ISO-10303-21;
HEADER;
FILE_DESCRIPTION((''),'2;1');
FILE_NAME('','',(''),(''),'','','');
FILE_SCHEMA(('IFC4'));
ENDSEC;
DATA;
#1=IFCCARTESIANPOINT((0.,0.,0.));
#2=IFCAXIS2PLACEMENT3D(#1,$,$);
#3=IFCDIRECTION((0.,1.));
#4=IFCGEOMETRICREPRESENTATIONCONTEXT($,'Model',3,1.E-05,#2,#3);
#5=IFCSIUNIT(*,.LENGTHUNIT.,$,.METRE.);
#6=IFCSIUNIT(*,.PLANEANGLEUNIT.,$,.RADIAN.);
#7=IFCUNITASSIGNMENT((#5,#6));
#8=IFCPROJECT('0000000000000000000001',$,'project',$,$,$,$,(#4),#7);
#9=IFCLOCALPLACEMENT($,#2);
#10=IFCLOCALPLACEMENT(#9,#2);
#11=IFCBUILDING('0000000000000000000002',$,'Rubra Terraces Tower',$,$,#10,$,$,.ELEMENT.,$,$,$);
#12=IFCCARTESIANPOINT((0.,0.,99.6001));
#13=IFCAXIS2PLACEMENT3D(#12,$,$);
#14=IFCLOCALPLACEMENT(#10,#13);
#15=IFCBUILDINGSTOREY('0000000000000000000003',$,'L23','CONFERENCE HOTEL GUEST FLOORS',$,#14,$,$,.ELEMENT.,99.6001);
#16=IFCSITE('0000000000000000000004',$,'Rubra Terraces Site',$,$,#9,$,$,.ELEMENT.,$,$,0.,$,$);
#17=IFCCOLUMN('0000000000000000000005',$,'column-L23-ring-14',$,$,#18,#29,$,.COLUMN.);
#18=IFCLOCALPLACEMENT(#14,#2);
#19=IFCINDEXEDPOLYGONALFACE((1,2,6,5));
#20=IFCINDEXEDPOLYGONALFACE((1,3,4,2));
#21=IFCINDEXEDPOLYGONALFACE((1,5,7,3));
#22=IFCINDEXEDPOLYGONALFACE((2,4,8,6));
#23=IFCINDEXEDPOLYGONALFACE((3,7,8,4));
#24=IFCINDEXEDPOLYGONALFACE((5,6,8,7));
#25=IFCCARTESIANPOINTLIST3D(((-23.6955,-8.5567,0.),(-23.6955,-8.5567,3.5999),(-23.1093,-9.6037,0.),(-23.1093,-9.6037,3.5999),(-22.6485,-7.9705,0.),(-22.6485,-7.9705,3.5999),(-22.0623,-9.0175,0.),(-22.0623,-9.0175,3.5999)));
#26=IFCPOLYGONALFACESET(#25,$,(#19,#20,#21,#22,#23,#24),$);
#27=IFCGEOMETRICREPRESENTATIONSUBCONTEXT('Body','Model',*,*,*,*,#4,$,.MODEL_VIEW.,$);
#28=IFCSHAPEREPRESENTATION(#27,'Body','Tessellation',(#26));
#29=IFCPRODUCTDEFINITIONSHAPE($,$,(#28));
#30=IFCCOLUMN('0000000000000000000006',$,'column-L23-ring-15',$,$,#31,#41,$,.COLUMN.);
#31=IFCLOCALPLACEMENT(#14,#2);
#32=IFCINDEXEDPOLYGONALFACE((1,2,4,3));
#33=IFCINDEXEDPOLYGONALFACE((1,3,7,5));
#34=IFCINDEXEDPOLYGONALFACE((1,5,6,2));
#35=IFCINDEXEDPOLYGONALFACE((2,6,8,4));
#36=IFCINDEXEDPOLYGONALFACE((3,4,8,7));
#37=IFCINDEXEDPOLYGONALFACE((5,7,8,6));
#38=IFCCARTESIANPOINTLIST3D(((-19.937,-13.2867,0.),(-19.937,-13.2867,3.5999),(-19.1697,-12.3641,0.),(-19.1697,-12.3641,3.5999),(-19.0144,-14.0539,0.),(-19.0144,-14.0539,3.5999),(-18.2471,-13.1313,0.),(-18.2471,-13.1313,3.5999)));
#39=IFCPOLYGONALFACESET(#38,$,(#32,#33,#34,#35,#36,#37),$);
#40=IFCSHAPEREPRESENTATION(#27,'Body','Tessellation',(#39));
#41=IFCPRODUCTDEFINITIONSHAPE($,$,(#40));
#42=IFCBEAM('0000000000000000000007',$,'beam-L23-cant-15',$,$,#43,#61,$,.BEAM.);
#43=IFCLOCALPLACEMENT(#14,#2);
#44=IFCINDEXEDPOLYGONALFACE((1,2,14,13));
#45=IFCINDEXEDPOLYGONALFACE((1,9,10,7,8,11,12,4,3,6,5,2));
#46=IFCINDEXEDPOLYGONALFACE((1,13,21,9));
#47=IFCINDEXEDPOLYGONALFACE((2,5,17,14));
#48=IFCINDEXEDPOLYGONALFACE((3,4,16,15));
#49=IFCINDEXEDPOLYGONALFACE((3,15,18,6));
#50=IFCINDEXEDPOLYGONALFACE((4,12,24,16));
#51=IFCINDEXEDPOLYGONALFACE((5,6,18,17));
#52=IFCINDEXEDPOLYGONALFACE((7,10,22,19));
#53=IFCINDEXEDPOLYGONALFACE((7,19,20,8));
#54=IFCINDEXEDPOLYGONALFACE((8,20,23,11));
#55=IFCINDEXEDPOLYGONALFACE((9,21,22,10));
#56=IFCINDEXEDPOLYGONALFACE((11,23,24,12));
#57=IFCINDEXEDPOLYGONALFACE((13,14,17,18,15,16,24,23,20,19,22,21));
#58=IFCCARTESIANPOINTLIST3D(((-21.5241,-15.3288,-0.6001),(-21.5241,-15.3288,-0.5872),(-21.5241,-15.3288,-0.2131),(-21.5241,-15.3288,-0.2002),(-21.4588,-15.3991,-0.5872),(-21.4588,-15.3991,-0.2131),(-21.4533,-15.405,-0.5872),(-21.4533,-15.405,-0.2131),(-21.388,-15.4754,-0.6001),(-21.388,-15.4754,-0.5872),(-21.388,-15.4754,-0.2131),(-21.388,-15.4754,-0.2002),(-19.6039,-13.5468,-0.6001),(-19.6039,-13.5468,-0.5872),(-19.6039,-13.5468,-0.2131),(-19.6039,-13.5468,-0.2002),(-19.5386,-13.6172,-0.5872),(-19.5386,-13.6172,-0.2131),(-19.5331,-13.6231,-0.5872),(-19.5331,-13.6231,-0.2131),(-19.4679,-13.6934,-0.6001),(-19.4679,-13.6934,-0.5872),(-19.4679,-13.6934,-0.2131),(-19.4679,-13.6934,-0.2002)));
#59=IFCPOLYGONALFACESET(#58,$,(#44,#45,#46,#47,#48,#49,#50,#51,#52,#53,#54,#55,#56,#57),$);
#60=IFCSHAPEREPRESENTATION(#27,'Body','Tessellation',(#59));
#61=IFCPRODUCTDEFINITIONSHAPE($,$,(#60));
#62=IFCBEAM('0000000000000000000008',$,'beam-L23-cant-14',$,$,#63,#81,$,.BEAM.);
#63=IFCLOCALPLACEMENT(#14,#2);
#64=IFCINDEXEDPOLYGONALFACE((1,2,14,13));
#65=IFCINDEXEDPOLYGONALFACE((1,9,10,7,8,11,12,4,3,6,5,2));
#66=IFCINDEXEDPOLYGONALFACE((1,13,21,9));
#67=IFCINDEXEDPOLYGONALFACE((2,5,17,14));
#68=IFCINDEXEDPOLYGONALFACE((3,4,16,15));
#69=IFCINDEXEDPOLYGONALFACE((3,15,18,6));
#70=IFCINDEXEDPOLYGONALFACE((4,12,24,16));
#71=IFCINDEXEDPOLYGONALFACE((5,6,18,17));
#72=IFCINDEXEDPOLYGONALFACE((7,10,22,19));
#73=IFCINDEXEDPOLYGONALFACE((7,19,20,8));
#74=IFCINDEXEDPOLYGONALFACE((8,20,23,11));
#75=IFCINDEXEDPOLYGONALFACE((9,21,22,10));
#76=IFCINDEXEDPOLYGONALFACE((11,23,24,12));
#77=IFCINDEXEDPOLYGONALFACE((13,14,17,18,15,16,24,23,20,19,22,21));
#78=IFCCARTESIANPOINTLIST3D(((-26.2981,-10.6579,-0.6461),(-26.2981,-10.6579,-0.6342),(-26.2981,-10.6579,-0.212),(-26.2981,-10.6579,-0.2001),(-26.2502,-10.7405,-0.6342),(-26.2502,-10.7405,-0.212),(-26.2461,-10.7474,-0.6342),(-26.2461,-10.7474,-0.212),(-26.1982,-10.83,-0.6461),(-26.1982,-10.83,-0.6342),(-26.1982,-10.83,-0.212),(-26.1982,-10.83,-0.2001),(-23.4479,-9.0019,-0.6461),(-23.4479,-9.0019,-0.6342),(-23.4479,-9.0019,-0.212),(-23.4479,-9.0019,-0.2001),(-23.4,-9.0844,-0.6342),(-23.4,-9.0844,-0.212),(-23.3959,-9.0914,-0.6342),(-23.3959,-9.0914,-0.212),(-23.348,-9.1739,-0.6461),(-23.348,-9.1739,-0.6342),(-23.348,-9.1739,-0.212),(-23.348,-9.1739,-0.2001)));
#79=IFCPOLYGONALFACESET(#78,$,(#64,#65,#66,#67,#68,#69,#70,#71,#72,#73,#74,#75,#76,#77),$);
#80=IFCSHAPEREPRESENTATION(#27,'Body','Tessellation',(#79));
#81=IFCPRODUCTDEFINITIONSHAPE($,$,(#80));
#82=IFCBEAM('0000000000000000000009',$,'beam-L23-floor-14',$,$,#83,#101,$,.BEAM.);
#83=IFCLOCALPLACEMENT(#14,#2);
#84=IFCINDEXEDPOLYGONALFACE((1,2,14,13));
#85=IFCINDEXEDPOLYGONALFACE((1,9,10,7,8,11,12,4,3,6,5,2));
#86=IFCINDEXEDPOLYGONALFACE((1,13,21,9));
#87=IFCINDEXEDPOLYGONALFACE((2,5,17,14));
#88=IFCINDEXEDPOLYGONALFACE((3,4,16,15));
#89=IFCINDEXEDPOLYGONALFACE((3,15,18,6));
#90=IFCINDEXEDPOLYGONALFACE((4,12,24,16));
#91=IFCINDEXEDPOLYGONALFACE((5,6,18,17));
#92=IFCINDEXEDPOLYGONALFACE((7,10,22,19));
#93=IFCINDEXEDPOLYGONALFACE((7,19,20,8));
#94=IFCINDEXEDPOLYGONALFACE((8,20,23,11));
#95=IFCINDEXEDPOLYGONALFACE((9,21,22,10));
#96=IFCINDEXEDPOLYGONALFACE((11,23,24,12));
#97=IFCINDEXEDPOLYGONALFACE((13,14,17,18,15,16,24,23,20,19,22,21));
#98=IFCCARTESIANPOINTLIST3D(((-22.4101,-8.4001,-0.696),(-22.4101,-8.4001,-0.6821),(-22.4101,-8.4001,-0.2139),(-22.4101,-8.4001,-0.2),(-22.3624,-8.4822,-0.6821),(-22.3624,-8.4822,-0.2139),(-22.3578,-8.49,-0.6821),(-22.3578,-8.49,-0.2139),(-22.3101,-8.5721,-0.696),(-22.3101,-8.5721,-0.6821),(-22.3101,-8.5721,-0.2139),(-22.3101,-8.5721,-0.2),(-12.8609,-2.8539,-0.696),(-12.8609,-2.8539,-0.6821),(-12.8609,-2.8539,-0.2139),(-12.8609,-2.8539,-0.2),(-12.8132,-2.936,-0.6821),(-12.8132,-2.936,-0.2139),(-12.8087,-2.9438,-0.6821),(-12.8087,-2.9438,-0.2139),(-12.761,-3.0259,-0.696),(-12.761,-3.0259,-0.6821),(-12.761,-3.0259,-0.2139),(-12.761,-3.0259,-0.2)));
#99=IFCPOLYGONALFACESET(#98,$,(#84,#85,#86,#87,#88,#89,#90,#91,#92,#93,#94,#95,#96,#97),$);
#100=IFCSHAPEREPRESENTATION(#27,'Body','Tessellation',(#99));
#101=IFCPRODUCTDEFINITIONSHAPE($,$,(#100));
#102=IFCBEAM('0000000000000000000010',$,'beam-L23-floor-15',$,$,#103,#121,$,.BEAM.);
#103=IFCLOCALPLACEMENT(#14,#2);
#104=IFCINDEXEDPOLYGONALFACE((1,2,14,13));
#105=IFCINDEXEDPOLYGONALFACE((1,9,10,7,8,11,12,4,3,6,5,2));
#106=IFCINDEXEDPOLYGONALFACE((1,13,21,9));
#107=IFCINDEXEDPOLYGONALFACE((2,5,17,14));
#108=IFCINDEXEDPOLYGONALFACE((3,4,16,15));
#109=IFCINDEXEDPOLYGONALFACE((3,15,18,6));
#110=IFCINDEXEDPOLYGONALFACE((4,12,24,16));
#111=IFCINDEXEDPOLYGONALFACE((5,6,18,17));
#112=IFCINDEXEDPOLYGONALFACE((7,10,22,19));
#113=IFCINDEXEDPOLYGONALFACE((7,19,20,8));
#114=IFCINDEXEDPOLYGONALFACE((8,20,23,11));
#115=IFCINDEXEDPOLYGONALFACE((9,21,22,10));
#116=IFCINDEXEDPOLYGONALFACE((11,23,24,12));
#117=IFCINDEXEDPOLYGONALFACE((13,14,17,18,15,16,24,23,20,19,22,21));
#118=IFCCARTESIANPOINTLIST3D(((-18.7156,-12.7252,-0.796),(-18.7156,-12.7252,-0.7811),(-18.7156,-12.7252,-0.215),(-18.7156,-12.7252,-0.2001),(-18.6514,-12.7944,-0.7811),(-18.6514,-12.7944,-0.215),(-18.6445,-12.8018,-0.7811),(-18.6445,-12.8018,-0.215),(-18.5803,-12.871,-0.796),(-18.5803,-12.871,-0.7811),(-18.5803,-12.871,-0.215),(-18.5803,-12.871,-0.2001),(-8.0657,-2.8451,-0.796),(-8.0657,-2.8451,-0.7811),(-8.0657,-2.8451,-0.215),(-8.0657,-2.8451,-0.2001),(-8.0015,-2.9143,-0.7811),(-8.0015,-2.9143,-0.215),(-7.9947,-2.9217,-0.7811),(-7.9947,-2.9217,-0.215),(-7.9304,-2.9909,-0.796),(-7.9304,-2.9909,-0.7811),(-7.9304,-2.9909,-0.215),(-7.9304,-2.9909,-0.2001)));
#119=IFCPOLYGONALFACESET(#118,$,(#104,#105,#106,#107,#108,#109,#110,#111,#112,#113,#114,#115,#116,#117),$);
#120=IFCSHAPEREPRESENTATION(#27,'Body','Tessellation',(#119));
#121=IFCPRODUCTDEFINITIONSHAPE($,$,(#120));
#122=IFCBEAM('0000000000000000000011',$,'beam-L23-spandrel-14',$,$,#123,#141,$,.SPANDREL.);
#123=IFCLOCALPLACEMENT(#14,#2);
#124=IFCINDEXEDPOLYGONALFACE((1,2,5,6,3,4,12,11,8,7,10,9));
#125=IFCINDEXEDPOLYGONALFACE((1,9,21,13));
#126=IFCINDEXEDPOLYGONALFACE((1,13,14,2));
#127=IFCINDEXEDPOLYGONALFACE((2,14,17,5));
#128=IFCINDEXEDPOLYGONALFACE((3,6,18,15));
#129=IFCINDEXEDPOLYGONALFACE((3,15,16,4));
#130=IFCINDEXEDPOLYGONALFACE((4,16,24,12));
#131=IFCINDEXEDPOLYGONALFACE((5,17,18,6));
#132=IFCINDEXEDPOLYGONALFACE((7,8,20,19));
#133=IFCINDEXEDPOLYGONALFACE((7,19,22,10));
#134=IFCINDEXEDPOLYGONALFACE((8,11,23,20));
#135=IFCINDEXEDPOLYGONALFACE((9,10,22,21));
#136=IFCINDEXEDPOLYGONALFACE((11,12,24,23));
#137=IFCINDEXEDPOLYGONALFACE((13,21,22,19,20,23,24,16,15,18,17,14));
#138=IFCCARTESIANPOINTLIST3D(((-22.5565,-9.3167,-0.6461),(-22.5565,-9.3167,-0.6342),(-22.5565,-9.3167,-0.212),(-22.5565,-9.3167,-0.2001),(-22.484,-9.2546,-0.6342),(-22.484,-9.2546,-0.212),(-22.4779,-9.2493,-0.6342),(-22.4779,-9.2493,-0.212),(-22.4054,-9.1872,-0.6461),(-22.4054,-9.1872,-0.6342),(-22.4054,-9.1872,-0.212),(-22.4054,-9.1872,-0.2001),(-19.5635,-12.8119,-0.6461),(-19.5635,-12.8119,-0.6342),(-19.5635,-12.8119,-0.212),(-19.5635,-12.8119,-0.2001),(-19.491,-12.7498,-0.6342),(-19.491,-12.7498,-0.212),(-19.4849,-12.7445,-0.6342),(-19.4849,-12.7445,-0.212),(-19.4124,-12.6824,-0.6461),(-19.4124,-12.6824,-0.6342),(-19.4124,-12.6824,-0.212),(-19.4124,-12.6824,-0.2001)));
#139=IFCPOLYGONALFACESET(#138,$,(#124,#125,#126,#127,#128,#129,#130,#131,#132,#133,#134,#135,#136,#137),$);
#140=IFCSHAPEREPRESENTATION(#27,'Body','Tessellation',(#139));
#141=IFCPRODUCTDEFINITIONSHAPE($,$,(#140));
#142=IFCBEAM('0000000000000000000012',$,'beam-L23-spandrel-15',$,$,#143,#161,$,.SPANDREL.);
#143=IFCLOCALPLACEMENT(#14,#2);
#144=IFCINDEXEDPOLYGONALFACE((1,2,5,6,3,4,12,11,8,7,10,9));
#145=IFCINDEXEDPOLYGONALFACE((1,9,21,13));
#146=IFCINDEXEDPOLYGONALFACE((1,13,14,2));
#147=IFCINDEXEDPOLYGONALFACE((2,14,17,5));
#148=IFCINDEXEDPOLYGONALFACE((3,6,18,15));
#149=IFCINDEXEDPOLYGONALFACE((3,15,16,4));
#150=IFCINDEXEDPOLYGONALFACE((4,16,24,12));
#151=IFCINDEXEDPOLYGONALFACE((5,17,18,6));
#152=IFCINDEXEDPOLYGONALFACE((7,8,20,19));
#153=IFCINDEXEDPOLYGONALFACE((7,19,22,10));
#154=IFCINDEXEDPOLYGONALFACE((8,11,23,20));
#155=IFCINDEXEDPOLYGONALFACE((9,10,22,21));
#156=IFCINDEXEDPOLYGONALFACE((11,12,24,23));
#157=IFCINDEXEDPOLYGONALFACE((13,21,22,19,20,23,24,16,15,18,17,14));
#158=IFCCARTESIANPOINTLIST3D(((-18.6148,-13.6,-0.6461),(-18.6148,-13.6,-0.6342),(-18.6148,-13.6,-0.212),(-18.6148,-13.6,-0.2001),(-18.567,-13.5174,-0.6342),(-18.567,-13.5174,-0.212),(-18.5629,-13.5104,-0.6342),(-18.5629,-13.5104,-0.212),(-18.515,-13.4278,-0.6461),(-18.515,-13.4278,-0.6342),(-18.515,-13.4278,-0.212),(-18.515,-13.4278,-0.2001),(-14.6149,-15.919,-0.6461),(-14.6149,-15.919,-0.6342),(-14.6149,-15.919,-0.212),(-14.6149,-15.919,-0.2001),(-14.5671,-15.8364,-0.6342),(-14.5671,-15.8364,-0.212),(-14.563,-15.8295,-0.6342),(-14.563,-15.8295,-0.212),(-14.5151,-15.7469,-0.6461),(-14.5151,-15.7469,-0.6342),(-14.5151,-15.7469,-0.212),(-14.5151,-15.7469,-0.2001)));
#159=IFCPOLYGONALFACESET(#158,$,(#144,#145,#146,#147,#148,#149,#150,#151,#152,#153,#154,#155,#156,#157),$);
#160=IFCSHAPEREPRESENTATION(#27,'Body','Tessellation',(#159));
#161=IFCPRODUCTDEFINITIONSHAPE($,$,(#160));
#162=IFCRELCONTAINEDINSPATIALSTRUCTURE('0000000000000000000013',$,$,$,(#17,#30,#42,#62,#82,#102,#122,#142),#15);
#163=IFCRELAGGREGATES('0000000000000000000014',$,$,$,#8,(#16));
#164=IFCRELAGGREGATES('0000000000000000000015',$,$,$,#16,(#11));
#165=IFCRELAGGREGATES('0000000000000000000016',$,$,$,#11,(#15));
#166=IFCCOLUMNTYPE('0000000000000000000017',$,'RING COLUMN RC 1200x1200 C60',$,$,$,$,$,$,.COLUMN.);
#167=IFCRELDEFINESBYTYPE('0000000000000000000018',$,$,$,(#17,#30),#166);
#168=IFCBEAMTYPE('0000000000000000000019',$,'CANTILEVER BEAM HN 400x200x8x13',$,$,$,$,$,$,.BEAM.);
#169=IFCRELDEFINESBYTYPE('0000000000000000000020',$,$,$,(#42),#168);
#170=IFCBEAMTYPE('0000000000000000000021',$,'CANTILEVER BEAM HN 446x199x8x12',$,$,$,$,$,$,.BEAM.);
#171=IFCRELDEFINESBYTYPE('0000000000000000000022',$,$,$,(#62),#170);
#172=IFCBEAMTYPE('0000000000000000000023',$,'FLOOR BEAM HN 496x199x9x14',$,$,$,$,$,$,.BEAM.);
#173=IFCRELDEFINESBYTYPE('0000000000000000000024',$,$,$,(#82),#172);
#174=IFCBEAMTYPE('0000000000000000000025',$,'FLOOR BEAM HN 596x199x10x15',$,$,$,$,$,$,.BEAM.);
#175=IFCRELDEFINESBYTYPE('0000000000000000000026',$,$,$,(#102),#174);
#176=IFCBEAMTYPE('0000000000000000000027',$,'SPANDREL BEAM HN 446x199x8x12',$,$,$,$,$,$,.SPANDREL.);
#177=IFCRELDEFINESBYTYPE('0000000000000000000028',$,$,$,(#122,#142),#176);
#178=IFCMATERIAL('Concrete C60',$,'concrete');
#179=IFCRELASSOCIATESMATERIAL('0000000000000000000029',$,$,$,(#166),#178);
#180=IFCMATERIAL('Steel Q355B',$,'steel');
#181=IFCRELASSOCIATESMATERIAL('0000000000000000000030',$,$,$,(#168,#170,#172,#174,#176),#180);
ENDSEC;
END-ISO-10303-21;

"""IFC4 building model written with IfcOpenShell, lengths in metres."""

from ifc_helpers import new_model, si_unit, direction, frame, origin, origin_2d, place, context, subcontext, project, spatial, rectangle, i_section, extrude, material, material_profile, profile_set, type_object, element, save


model = new_model("IFC4")

# Units and contexts
model_context = context("Model", 3, precision=1e-05, world=origin(), true_north=direction((0.0, 1.0)))
body_context = subcontext(model_context, "Body", "Model", "MODEL_VIEW")
ifc_project = project(units=[si_unit("LENGTHUNIT", "METRE"), si_unit("PLANEANGLEUNIT", "RADIAN")], contexts=[model_context])

# Site, building, storey
site_placement = place(None, origin())
site = spatial("IfcSite", under=ifc_project, at=site_placement, Name="Rubra Terraces Site", CompositionType="ELEMENT", RefElevation=0.0)
building_placement = place(site_placement, origin())
building = spatial("IfcBuilding", under=site, at=building_placement, Name="Rubra Terraces Tower", CompositionType="ELEMENT")
storey_placement = place(building_placement, frame((0.0, 0.0, 99.6001)))
storey = spatial("IfcBuildingStorey", under=building, at=storey_placement, Name="L23", Description="CONFERENCE HOTEL GUEST FLOORS", CompositionType="ELEMENT", Elevation=99.6001)

# Columns
ifc_material_1 = material(Name="Concrete C60", Category="concrete")
ifc_material_profile_1 = material_profile(ifc_material_1, rectangle(XDim=1.2, YDim=1.2, at=origin_2d()), Name="RC 1200x1200")
ifc_profile_set_1 = profile_set([ifc_material_profile_1], Name="Concrete C60")
column_type = type_object("IfcColumnType", Name="RING COLUMN RC 1200x1200 C60", PredefinedType="COLUMN", material=ifc_profile_set_1)
for number, where, z_axis, x_axis, name in (
    (1, (-22.8789, -8.7871, 0.0), (0.0, 0.0, 1.0), (0.488526, -0.872549, 0.0), "column-L23-ring-14"),
    (2, (-19.092, -13.209, 0.0), (0.0, 0.0, 1.0), (0.76887, -0.639405, 0.0), "column-L23-ring-15"),
):
    element("IfcColumn", number, at=place(storey_placement, frame(where, z_axis=z_axis, x_axis=x_axis)), inside=storey, type_object=column_type, Name=name, PredefinedType="COLUMN", context=body_context, shape_type="SweptSolid", body=[
        extrude(rectangle(XDim=1.2, YDim=1.2, at=origin_2d()), origin(), (0.0, 0.0, 1.0), 3.5999),
    ])

# Beams
ifc_material_2 = material(Name="Steel Q355B", Category="steel")
ifc_material_profile_2 = material_profile(ifc_material_2, i_section(OverallWidth=0.2, OverallDepth=0.3999, WebThickness=0.0081, FlangeThickness=0.0129, at=origin_2d()), Name="HN 400x200x8x13")
ifc_profile_set_2 = profile_set([ifc_material_profile_2], Name="Steel Q355B")
beam_type_1 = type_object("IfcBeamType", Name="CANTILEVER BEAM HN 400x200x8x13", PredefinedType="BEAM", material=ifc_profile_set_2)
beam_1_placement = place(storey_placement, frame((-19.5359, -13.6201, -0.4001), z_axis=(-0.732989, -0.68024, 0.0), x_axis=(0.68024, -0.732989, 0.0)))
element("IfcBeam", 3, at=beam_1_placement, inside=storey, type_object=beam_type_1, Name="beam-L23-cant-15", PredefinedType="BEAM", context=body_context, shape_type="SweptSolid", body=[
    extrude(i_section(OverallWidth=0.2, OverallDepth=0.3999, WebThickness=0.0081, FlangeThickness=0.0129, at=origin_2d()), origin(), (0.0, 0.0, 1.0), 2.6196),
])
ifc_material_profile_3 = material_profile(ifc_material_2, i_section(OverallWidth=0.199, OverallDepth=0.446, WebThickness=0.0081, FlangeThickness=0.012, at=origin_2d()), Name="HN 446x199x8x12")
ifc_profile_set_3 = profile_set([ifc_material_profile_3], Name="Steel Q355B")
beam_type_2 = type_object("IfcBeamType", Name="CANTILEVER BEAM HN 446x199x8x12", PredefinedType="BEAM", material=ifc_profile_set_3)
beam_2_placement = place(storey_placement, frame((-23.3979, -9.0879, -0.4231), z_axis=(-0.864643, -0.502387, 0.0), x_axis=(0.502387, -0.864643, 0.0)))
element("IfcBeam", 4, at=beam_2_placement, inside=storey, type_object=beam_type_2, Name="beam-L23-cant-14", PredefinedType="BEAM", context=body_context, shape_type="SweptSolid", body=[
    extrude(i_section(OverallWidth=0.199, OverallDepth=0.446, WebThickness=0.0081, FlangeThickness=0.012, at=origin_2d()), origin(), (0.0, 0.0, 1.0), 3.2964),
])
ifc_material_profile_4 = material_profile(ifc_material_2, i_section(OverallWidth=0.199, OverallDepth=0.4961, WebThickness=0.009, FlangeThickness=0.0139, at=origin_2d()), Name="HN 496x199x9x14")
ifc_profile_set_4 = profile_set([ifc_material_profile_4], Name="Steel Q355B")
beam_type_3 = type_object("IfcBeamType", Name="FLOOR BEAM HN 496x199x9x14", PredefinedType="BEAM", material=ifc_profile_set_4)
beam_3_placement = place(storey_placement, frame((-22.3601, -8.4861, -0.448), z_axis=(0.864729, 0.502238, 0.0), x_axis=(-0.502238, 0.864729, 0.0)))
element("IfcBeam", 5, at=beam_3_placement, inside=storey, type_object=beam_type_3, Name="beam-L23-floor-14", PredefinedType="BEAM", context=body_context, shape_type="SweptSolid", body=[
    extrude(i_section(OverallWidth=0.199, OverallDepth=0.4961, WebThickness=0.009, FlangeThickness=0.0139, at=origin_2d()), origin(), (0.0, 0.0, 1.0), 11.043),
])
ifc_material_profile_5 = material_profile(ifc_material_2, i_section(OverallWidth=0.199, OverallDepth=0.5959, WebThickness=0.01, FlangeThickness=0.0149, at=origin_2d()), Name="HN 596x199x10x15")
ifc_profile_set_5 = profile_set([ifc_material_profile_5], Name="Steel Q355B")
beam_type_4 = type_object("IfcBeamType", Name="FLOOR BEAM HN 596x199x10x15", PredefinedType="BEAM", material=ifc_profile_set_5)
beam_4_placement = place(storey_placement, frame((-18.6479, -12.7981, -0.498), z_axis=(0.733105, 0.680116, 0.0), x_axis=(-0.680116, 0.733105, 0.0)))
element("IfcBeam", 6, at=beam_4_placement, inside=storey, type_object=beam_type_4, Name="beam-L23-floor-15", PredefinedType="BEAM", context=body_context, shape_type="SweptSolid", body=[
    extrude(i_section(OverallWidth=0.199, OverallDepth=0.5959, WebThickness=0.01, FlangeThickness=0.0149, at=origin_2d()), origin(), (0.0, 0.0, 1.0), 14.5271),
])
ifc_material_profile_6 = material_profile(ifc_material_2, i_section(OverallWidth=0.199, OverallDepth=0.446, WebThickness=0.0081, FlangeThickness=0.012, at=origin_2d()), Name="HN 446x199x8x12")
ifc_profile_set_6 = profile_set([ifc_material_profile_6], Name="Steel Q355B")
beam_type_5 = type_object("IfcBeamType", Name="SPANDREL BEAM HN 446x199x8x12", PredefinedType="SPANDREL", material=ifc_profile_set_6)
beam_5_placement = place(storey_placement, frame((-22.481, -9.252, -0.4231), z_axis=(0.650429, -0.759567, 0.0), x_axis=(0.759567, 0.650429, 0.0)))
element("IfcBeam", 7, at=beam_5_placement, inside=storey, type_object=beam_type_5, Name="beam-L23-spandrel-14", PredefinedType="SPANDREL", context=body_context, shape_type="SweptSolid", body=[
    extrude(i_section(OverallWidth=0.199, OverallDepth=0.446, WebThickness=0.0081, FlangeThickness=0.012, at=origin_2d()), origin(), (0.0, 0.0, 1.0), 4.6016),
])
beam_6_placement = place(storey_placement, frame((-18.5649, -13.5139, -0.4231), z_axis=(0.865116, -0.501571, 0.0), x_axis=(0.501571, 0.865116, 0.0)))
element("IfcBeam", 8, at=beam_6_placement, inside=storey, type_object=beam_type_5, Name="beam-L23-spandrel-15", PredefinedType="SPANDREL", context=body_context, shape_type="SweptSolid", body=[
    extrude(i_section(OverallWidth=0.199, OverallDepth=0.446, WebThickness=0.0081, FlangeThickness=0.012, at=origin_2d()), origin(), (0.0, 0.0, 1.0), 4.6235),
])

save(model, "model.ifc")
